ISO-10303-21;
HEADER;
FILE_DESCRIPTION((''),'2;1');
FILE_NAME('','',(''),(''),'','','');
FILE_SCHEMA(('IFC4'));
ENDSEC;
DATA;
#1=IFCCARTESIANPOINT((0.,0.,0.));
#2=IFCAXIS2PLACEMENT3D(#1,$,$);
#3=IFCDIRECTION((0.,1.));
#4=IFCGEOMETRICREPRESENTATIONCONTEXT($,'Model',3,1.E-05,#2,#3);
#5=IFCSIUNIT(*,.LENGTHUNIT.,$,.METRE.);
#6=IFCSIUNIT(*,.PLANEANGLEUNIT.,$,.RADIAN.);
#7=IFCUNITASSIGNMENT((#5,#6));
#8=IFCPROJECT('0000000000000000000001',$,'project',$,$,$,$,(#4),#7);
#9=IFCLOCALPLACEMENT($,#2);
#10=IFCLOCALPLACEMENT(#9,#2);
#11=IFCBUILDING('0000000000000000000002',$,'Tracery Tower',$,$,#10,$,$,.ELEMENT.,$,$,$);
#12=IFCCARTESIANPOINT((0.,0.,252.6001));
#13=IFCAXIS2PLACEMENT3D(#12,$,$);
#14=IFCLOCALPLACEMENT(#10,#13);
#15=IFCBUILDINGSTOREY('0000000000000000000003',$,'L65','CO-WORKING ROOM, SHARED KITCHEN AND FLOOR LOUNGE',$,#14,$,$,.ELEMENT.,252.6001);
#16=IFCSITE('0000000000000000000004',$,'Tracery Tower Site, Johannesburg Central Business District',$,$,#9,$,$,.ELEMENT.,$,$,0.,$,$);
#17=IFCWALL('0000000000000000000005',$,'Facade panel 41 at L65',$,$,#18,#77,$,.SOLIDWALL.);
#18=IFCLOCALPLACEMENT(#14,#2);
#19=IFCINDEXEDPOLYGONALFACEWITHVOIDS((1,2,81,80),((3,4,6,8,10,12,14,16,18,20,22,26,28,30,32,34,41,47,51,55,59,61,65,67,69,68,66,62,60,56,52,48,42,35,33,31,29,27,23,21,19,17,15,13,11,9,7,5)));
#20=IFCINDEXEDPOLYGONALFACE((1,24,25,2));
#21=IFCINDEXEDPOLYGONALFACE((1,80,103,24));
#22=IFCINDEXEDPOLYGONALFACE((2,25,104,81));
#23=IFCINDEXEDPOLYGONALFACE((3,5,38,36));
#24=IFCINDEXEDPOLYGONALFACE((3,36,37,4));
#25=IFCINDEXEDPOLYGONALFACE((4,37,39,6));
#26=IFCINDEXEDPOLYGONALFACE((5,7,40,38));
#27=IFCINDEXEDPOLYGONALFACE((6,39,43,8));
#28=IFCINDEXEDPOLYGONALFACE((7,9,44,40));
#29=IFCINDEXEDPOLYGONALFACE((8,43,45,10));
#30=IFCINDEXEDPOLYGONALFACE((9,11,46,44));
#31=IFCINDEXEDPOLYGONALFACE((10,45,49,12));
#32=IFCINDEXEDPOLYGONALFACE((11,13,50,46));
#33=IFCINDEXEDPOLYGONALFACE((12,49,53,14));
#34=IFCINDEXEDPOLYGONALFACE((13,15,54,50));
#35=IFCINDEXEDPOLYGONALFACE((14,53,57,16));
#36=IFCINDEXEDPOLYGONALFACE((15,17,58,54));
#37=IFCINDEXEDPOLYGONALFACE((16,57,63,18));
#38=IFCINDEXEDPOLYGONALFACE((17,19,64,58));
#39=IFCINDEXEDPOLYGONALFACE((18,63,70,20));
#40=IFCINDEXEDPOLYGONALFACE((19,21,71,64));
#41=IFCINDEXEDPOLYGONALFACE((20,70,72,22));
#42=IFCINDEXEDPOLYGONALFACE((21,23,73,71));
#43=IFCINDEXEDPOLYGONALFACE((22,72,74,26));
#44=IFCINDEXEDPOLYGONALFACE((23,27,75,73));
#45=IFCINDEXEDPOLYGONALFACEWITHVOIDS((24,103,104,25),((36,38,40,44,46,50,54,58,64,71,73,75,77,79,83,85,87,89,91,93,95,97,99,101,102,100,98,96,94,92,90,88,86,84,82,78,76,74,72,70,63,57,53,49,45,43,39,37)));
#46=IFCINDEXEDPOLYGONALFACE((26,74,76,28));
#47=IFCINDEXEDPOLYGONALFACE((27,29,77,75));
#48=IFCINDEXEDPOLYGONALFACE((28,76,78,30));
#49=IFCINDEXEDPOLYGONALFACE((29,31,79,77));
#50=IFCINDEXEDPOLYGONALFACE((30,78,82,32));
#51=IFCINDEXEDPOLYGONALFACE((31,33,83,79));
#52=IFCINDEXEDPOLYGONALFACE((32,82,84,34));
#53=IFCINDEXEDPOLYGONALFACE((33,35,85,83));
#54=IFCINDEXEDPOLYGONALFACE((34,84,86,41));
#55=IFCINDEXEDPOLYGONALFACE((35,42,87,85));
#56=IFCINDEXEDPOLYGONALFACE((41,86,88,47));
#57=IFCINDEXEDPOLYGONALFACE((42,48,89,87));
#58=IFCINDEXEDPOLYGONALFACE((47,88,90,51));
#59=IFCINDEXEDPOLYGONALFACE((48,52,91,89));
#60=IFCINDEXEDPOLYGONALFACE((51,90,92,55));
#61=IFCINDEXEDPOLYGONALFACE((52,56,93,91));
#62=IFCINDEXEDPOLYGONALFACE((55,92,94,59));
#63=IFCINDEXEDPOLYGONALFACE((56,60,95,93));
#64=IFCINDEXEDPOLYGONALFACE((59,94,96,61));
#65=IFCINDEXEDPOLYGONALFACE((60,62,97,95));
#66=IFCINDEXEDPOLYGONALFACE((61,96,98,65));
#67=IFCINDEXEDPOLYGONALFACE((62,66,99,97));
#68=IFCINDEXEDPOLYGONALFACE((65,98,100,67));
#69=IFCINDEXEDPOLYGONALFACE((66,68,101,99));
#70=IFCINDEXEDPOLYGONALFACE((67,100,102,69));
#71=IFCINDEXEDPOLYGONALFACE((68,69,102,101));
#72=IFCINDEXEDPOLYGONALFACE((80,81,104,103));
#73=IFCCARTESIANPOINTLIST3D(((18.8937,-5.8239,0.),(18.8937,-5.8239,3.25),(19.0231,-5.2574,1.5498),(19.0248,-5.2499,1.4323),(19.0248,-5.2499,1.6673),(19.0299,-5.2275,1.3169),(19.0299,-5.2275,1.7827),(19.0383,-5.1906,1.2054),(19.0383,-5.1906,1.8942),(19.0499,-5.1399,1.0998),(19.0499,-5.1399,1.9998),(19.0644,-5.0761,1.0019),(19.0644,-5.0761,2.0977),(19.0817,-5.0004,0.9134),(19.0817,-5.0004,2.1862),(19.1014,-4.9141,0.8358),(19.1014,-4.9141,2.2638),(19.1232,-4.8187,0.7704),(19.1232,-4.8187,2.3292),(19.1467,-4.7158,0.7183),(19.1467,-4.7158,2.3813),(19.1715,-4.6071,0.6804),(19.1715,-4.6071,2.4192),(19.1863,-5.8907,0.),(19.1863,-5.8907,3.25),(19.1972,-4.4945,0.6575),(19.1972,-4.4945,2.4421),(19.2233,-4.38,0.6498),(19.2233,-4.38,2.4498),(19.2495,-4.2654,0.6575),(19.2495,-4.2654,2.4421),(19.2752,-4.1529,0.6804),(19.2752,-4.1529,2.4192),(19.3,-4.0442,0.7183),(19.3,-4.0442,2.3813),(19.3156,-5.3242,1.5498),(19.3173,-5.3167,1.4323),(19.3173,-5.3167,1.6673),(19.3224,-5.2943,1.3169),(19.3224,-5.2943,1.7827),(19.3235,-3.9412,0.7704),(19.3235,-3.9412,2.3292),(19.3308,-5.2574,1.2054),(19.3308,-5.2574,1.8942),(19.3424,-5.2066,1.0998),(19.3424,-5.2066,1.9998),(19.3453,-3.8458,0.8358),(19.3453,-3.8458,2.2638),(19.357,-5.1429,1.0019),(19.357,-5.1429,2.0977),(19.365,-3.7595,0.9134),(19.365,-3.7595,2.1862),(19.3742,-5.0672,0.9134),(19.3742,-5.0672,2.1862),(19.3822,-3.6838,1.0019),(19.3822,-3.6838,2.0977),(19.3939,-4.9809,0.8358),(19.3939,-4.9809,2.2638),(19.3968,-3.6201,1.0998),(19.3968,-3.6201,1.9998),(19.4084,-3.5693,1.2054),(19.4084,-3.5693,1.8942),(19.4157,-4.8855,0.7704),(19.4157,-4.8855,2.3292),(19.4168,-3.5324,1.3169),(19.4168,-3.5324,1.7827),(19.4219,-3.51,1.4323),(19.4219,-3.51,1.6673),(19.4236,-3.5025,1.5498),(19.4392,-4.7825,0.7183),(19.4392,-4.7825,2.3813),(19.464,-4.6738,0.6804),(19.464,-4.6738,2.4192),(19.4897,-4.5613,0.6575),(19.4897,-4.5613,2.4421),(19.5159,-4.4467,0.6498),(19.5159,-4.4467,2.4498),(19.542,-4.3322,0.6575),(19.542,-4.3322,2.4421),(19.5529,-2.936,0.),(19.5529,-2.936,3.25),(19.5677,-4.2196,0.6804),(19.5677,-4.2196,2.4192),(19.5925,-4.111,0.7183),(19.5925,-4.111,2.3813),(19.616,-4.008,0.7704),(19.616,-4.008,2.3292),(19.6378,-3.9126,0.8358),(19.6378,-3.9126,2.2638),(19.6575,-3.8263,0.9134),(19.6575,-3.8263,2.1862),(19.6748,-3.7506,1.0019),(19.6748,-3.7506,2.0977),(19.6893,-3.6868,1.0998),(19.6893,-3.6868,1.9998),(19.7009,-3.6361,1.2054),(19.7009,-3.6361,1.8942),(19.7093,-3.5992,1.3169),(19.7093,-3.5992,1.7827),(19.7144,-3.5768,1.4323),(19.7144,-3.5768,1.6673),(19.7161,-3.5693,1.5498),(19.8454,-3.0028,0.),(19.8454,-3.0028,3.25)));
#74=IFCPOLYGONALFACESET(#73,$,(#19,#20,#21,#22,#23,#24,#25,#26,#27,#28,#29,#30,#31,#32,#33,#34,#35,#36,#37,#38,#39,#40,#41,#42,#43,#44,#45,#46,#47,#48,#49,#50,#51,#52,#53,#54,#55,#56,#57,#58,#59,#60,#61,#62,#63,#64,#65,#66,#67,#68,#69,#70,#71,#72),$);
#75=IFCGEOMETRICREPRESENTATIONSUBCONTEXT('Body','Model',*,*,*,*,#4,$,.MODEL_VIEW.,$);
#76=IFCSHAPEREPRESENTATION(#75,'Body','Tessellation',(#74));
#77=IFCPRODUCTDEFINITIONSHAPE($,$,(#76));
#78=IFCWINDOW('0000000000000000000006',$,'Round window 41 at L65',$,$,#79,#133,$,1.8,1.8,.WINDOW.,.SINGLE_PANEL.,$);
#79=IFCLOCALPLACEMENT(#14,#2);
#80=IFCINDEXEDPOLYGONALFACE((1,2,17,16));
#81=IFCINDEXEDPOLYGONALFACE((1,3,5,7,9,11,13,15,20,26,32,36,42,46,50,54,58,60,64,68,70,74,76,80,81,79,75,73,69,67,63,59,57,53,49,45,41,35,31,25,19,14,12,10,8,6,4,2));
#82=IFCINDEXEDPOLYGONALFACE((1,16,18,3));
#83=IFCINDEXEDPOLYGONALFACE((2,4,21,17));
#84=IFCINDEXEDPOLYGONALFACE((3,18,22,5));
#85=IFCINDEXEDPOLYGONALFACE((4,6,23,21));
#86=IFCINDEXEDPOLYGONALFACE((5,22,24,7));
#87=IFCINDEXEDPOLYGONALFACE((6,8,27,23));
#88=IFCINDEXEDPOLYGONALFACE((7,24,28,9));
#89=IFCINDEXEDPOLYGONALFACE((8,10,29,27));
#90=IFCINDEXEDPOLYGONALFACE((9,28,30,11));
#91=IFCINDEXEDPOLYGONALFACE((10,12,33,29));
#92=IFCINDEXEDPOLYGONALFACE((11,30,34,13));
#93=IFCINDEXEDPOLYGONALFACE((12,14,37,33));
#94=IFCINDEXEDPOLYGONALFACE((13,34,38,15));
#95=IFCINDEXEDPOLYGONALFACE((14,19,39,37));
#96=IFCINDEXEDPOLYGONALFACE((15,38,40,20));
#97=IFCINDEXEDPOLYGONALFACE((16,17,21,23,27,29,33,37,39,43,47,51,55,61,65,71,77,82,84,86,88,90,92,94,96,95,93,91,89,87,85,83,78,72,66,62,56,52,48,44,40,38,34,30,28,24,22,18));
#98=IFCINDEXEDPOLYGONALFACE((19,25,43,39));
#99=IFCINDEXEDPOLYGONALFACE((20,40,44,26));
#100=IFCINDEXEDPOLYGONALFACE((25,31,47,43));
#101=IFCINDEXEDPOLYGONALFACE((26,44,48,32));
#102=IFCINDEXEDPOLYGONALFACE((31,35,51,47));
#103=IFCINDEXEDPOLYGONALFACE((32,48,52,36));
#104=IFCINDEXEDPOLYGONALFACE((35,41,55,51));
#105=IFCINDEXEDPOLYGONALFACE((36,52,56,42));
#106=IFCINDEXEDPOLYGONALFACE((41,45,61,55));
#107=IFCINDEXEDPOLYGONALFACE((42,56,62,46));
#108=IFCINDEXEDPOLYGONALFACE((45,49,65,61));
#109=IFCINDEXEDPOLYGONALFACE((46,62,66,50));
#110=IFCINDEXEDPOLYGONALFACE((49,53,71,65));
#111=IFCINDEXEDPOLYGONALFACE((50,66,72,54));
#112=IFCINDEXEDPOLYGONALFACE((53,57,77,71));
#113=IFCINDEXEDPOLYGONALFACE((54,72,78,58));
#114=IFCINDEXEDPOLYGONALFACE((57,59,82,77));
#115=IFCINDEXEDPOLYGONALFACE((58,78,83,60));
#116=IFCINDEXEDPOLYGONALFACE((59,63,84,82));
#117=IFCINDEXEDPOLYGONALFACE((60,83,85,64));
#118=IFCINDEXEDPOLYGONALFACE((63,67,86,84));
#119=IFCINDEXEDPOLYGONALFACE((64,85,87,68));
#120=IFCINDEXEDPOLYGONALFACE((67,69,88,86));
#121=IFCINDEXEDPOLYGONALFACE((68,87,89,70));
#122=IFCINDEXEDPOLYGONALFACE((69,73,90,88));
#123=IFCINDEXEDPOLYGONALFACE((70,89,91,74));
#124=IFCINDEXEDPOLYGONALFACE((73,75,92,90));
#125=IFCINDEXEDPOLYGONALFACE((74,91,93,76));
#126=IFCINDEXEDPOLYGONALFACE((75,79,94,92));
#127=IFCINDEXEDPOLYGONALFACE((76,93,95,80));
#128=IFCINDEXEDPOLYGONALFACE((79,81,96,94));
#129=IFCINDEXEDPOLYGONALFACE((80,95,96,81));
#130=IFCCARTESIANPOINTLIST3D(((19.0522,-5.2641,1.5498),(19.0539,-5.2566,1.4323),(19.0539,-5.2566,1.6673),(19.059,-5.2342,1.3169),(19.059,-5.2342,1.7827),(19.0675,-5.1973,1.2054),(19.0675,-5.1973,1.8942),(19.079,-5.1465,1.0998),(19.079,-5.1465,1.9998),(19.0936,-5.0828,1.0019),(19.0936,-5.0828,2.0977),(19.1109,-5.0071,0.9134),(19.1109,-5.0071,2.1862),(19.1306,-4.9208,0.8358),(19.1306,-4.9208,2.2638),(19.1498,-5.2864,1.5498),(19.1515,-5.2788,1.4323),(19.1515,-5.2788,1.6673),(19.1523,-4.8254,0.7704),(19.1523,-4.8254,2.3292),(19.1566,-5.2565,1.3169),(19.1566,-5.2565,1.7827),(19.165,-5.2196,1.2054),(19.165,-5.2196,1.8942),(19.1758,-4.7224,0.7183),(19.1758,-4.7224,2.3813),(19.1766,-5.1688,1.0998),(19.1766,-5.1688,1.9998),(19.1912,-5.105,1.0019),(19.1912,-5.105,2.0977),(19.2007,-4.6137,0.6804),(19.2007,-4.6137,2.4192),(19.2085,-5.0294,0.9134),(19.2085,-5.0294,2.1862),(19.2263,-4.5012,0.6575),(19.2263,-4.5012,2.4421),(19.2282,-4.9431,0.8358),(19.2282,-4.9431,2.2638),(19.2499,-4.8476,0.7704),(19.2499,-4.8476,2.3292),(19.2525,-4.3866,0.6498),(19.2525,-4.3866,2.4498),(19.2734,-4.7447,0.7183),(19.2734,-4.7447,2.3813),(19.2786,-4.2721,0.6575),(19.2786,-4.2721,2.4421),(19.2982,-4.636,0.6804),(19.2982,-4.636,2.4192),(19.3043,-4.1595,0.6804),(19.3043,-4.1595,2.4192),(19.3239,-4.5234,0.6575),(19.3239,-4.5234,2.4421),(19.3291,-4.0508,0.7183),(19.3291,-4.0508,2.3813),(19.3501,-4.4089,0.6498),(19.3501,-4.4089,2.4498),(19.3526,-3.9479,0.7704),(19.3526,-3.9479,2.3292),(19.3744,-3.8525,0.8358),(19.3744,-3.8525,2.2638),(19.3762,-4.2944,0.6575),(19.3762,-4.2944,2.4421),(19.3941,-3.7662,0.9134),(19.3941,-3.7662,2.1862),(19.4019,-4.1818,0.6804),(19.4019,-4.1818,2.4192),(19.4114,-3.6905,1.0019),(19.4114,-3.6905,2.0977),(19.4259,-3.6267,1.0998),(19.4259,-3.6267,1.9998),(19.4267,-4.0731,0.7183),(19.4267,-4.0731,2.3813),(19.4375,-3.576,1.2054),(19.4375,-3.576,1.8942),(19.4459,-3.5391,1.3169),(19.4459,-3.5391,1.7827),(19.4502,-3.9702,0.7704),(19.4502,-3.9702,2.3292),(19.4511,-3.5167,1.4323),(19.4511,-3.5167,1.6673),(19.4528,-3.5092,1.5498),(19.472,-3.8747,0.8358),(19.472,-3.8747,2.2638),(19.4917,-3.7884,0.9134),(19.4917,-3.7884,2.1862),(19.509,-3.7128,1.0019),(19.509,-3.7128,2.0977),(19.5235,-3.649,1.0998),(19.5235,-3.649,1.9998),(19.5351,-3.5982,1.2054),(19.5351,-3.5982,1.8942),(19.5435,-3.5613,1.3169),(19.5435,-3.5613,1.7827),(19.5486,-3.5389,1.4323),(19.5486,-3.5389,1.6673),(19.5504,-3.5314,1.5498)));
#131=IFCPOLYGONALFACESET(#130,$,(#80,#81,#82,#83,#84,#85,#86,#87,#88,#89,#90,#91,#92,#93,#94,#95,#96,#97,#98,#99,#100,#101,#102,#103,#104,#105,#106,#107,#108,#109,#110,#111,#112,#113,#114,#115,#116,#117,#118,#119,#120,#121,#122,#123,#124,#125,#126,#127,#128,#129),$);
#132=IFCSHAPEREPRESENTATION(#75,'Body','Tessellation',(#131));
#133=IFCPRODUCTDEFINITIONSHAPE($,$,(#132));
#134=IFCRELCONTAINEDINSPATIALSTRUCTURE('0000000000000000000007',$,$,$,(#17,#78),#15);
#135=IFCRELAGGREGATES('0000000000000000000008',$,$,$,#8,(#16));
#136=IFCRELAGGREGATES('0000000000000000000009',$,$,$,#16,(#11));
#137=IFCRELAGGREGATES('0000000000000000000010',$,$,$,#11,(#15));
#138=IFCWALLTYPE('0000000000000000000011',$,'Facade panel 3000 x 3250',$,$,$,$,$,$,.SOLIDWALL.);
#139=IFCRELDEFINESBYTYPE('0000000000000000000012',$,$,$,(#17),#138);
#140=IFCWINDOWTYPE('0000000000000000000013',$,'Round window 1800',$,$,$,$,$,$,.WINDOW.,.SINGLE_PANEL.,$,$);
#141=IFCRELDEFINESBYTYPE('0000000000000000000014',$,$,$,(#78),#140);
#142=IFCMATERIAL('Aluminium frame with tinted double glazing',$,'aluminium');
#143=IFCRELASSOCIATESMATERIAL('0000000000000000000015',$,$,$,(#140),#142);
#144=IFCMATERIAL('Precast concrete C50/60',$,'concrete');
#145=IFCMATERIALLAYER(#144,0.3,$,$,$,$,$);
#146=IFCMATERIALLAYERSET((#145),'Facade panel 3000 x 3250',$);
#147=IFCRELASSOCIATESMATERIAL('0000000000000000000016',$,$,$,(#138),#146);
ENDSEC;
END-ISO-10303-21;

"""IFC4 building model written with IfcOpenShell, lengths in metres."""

from ifc_helpers import new_model, si_unit, direction, frame, frame_2d, origin, origin_2d, place, context, subcontext, project, spatial, rectangle, circle, extrude, material, layer, layer_set, type_object, element, fill, save


model = new_model("IFC4")

# Units and contexts
model_context = context("Model", 3, precision=1e-05, world=origin(), true_north=direction((0.0, 1.0)))
body_context = subcontext(model_context, "Body", "Model", "MODEL_VIEW")
ifc_project = project(units=[si_unit("LENGTHUNIT", "METRE"), si_unit("PLANEANGLEUNIT", "RADIAN")], contexts=[model_context])

# Site, building, storey
site_placement = place(None, origin())
site = spatial("IfcSite", under=ifc_project, at=site_placement, Name="Tracery Tower Site, Johannesburg Central Business District", CompositionType="ELEMENT", RefElevation=0.0)
building_placement = place(site_placement, origin())
building = spatial("IfcBuilding", under=site, at=building_placement, Name="Tracery Tower", CompositionType="ELEMENT")
storey_placement = place(building_placement, frame((0.0, 0.0, 252.6001)))
storey = spatial("IfcBuildingStorey", under=building, at=storey_placement, Name="L65", Description="CO-WORKING ROOM, SHARED KITCHEN AND FLOOR LOUNGE", CompositionType="ELEMENT", Elevation=252.6001)

# Wall, opening, window
ifc_material_1 = material(Name="Aluminium frame with tinted double glazing", Category="aluminium")
window_type = type_object("IfcWindowType", Name="Round window 1800", PartitioningType="SINGLE_PANEL", PredefinedType="WINDOW", material=ifc_material_1)
ifc_material_2 = material(Name="Precast concrete C50/60", Category="concrete")
ifc_layer_1 = layer(ifc_material_2, 0.3)
ifc_layer_set_1 = layer_set([ifc_layer_1], Name="Facade panel 3000 x 3250")
wall_type_1 = type_object("IfcWallType", Name="Facade panel 3000 x 3250", PredefinedType="SOLIDWALL", material=ifc_layer_set_1)
wall_1_placement = place(storey_placement, frame((19.04, -5.8572, 0.0), z_axis=(0.0, 0.0, 1.0), x_axis=(0.222529, 0.974926, 0.0)))
wall_1 = element("IfcWall", 1, at=wall_1_placement, inside=storey, type_object=wall_type_1, Name="Facade panel 41 at L65", PredefinedType="SOLIDWALL", context=body_context, shape_type="SweptSolid", body=[
    extrude(rectangle(XDim=2.9622, YDim=0.3, at=frame_2d((1.481, 0.0))), origin(), (0.0, 0.0, 1.0), 3.25),
])
opening_1_placement = place(wall_1_placement, frame((1.481, 0.0, 1.5498)))
opening_1 = element("IfcOpeningElement", 2, at=opening_1_placement, cuts=wall_1, PredefinedType="OPENING", context=body_context, shape_type="SweptSolid", body=[
    extrude(circle(Radius=0.9, at=origin_2d()), frame((0.0, 0.1599, 0.0), z_axis=(0.0, -1.0, 0.0), x_axis=(1.0, 0.0, 0.0)), (0.0, 0.0, 1.0), 0.3201),
])
window_1_placement = place(opening_1_placement, origin())
window_1 = element("IfcWindow", 3, at=window_1_placement, inside=storey, type_object=window_type, Name="Round window 41 at L65", OverallHeight=1.8, OverallWidth=1.8, PartitioningType="SINGLE_PANEL", PredefinedType="WINDOW", context=body_context, shape_type="SweptSolid", body=[
    extrude(circle(Radius=0.9, at=origin_2d()), frame((0.0, 0.1201, 0.0), z_axis=(0.0, -1.0, 0.0), x_axis=(1.0, 0.0, 0.0)), (0.0, 0.0, 1.0), 0.1001),
])
fill(opening_1, window_1)

save(model, "model.ifc")
